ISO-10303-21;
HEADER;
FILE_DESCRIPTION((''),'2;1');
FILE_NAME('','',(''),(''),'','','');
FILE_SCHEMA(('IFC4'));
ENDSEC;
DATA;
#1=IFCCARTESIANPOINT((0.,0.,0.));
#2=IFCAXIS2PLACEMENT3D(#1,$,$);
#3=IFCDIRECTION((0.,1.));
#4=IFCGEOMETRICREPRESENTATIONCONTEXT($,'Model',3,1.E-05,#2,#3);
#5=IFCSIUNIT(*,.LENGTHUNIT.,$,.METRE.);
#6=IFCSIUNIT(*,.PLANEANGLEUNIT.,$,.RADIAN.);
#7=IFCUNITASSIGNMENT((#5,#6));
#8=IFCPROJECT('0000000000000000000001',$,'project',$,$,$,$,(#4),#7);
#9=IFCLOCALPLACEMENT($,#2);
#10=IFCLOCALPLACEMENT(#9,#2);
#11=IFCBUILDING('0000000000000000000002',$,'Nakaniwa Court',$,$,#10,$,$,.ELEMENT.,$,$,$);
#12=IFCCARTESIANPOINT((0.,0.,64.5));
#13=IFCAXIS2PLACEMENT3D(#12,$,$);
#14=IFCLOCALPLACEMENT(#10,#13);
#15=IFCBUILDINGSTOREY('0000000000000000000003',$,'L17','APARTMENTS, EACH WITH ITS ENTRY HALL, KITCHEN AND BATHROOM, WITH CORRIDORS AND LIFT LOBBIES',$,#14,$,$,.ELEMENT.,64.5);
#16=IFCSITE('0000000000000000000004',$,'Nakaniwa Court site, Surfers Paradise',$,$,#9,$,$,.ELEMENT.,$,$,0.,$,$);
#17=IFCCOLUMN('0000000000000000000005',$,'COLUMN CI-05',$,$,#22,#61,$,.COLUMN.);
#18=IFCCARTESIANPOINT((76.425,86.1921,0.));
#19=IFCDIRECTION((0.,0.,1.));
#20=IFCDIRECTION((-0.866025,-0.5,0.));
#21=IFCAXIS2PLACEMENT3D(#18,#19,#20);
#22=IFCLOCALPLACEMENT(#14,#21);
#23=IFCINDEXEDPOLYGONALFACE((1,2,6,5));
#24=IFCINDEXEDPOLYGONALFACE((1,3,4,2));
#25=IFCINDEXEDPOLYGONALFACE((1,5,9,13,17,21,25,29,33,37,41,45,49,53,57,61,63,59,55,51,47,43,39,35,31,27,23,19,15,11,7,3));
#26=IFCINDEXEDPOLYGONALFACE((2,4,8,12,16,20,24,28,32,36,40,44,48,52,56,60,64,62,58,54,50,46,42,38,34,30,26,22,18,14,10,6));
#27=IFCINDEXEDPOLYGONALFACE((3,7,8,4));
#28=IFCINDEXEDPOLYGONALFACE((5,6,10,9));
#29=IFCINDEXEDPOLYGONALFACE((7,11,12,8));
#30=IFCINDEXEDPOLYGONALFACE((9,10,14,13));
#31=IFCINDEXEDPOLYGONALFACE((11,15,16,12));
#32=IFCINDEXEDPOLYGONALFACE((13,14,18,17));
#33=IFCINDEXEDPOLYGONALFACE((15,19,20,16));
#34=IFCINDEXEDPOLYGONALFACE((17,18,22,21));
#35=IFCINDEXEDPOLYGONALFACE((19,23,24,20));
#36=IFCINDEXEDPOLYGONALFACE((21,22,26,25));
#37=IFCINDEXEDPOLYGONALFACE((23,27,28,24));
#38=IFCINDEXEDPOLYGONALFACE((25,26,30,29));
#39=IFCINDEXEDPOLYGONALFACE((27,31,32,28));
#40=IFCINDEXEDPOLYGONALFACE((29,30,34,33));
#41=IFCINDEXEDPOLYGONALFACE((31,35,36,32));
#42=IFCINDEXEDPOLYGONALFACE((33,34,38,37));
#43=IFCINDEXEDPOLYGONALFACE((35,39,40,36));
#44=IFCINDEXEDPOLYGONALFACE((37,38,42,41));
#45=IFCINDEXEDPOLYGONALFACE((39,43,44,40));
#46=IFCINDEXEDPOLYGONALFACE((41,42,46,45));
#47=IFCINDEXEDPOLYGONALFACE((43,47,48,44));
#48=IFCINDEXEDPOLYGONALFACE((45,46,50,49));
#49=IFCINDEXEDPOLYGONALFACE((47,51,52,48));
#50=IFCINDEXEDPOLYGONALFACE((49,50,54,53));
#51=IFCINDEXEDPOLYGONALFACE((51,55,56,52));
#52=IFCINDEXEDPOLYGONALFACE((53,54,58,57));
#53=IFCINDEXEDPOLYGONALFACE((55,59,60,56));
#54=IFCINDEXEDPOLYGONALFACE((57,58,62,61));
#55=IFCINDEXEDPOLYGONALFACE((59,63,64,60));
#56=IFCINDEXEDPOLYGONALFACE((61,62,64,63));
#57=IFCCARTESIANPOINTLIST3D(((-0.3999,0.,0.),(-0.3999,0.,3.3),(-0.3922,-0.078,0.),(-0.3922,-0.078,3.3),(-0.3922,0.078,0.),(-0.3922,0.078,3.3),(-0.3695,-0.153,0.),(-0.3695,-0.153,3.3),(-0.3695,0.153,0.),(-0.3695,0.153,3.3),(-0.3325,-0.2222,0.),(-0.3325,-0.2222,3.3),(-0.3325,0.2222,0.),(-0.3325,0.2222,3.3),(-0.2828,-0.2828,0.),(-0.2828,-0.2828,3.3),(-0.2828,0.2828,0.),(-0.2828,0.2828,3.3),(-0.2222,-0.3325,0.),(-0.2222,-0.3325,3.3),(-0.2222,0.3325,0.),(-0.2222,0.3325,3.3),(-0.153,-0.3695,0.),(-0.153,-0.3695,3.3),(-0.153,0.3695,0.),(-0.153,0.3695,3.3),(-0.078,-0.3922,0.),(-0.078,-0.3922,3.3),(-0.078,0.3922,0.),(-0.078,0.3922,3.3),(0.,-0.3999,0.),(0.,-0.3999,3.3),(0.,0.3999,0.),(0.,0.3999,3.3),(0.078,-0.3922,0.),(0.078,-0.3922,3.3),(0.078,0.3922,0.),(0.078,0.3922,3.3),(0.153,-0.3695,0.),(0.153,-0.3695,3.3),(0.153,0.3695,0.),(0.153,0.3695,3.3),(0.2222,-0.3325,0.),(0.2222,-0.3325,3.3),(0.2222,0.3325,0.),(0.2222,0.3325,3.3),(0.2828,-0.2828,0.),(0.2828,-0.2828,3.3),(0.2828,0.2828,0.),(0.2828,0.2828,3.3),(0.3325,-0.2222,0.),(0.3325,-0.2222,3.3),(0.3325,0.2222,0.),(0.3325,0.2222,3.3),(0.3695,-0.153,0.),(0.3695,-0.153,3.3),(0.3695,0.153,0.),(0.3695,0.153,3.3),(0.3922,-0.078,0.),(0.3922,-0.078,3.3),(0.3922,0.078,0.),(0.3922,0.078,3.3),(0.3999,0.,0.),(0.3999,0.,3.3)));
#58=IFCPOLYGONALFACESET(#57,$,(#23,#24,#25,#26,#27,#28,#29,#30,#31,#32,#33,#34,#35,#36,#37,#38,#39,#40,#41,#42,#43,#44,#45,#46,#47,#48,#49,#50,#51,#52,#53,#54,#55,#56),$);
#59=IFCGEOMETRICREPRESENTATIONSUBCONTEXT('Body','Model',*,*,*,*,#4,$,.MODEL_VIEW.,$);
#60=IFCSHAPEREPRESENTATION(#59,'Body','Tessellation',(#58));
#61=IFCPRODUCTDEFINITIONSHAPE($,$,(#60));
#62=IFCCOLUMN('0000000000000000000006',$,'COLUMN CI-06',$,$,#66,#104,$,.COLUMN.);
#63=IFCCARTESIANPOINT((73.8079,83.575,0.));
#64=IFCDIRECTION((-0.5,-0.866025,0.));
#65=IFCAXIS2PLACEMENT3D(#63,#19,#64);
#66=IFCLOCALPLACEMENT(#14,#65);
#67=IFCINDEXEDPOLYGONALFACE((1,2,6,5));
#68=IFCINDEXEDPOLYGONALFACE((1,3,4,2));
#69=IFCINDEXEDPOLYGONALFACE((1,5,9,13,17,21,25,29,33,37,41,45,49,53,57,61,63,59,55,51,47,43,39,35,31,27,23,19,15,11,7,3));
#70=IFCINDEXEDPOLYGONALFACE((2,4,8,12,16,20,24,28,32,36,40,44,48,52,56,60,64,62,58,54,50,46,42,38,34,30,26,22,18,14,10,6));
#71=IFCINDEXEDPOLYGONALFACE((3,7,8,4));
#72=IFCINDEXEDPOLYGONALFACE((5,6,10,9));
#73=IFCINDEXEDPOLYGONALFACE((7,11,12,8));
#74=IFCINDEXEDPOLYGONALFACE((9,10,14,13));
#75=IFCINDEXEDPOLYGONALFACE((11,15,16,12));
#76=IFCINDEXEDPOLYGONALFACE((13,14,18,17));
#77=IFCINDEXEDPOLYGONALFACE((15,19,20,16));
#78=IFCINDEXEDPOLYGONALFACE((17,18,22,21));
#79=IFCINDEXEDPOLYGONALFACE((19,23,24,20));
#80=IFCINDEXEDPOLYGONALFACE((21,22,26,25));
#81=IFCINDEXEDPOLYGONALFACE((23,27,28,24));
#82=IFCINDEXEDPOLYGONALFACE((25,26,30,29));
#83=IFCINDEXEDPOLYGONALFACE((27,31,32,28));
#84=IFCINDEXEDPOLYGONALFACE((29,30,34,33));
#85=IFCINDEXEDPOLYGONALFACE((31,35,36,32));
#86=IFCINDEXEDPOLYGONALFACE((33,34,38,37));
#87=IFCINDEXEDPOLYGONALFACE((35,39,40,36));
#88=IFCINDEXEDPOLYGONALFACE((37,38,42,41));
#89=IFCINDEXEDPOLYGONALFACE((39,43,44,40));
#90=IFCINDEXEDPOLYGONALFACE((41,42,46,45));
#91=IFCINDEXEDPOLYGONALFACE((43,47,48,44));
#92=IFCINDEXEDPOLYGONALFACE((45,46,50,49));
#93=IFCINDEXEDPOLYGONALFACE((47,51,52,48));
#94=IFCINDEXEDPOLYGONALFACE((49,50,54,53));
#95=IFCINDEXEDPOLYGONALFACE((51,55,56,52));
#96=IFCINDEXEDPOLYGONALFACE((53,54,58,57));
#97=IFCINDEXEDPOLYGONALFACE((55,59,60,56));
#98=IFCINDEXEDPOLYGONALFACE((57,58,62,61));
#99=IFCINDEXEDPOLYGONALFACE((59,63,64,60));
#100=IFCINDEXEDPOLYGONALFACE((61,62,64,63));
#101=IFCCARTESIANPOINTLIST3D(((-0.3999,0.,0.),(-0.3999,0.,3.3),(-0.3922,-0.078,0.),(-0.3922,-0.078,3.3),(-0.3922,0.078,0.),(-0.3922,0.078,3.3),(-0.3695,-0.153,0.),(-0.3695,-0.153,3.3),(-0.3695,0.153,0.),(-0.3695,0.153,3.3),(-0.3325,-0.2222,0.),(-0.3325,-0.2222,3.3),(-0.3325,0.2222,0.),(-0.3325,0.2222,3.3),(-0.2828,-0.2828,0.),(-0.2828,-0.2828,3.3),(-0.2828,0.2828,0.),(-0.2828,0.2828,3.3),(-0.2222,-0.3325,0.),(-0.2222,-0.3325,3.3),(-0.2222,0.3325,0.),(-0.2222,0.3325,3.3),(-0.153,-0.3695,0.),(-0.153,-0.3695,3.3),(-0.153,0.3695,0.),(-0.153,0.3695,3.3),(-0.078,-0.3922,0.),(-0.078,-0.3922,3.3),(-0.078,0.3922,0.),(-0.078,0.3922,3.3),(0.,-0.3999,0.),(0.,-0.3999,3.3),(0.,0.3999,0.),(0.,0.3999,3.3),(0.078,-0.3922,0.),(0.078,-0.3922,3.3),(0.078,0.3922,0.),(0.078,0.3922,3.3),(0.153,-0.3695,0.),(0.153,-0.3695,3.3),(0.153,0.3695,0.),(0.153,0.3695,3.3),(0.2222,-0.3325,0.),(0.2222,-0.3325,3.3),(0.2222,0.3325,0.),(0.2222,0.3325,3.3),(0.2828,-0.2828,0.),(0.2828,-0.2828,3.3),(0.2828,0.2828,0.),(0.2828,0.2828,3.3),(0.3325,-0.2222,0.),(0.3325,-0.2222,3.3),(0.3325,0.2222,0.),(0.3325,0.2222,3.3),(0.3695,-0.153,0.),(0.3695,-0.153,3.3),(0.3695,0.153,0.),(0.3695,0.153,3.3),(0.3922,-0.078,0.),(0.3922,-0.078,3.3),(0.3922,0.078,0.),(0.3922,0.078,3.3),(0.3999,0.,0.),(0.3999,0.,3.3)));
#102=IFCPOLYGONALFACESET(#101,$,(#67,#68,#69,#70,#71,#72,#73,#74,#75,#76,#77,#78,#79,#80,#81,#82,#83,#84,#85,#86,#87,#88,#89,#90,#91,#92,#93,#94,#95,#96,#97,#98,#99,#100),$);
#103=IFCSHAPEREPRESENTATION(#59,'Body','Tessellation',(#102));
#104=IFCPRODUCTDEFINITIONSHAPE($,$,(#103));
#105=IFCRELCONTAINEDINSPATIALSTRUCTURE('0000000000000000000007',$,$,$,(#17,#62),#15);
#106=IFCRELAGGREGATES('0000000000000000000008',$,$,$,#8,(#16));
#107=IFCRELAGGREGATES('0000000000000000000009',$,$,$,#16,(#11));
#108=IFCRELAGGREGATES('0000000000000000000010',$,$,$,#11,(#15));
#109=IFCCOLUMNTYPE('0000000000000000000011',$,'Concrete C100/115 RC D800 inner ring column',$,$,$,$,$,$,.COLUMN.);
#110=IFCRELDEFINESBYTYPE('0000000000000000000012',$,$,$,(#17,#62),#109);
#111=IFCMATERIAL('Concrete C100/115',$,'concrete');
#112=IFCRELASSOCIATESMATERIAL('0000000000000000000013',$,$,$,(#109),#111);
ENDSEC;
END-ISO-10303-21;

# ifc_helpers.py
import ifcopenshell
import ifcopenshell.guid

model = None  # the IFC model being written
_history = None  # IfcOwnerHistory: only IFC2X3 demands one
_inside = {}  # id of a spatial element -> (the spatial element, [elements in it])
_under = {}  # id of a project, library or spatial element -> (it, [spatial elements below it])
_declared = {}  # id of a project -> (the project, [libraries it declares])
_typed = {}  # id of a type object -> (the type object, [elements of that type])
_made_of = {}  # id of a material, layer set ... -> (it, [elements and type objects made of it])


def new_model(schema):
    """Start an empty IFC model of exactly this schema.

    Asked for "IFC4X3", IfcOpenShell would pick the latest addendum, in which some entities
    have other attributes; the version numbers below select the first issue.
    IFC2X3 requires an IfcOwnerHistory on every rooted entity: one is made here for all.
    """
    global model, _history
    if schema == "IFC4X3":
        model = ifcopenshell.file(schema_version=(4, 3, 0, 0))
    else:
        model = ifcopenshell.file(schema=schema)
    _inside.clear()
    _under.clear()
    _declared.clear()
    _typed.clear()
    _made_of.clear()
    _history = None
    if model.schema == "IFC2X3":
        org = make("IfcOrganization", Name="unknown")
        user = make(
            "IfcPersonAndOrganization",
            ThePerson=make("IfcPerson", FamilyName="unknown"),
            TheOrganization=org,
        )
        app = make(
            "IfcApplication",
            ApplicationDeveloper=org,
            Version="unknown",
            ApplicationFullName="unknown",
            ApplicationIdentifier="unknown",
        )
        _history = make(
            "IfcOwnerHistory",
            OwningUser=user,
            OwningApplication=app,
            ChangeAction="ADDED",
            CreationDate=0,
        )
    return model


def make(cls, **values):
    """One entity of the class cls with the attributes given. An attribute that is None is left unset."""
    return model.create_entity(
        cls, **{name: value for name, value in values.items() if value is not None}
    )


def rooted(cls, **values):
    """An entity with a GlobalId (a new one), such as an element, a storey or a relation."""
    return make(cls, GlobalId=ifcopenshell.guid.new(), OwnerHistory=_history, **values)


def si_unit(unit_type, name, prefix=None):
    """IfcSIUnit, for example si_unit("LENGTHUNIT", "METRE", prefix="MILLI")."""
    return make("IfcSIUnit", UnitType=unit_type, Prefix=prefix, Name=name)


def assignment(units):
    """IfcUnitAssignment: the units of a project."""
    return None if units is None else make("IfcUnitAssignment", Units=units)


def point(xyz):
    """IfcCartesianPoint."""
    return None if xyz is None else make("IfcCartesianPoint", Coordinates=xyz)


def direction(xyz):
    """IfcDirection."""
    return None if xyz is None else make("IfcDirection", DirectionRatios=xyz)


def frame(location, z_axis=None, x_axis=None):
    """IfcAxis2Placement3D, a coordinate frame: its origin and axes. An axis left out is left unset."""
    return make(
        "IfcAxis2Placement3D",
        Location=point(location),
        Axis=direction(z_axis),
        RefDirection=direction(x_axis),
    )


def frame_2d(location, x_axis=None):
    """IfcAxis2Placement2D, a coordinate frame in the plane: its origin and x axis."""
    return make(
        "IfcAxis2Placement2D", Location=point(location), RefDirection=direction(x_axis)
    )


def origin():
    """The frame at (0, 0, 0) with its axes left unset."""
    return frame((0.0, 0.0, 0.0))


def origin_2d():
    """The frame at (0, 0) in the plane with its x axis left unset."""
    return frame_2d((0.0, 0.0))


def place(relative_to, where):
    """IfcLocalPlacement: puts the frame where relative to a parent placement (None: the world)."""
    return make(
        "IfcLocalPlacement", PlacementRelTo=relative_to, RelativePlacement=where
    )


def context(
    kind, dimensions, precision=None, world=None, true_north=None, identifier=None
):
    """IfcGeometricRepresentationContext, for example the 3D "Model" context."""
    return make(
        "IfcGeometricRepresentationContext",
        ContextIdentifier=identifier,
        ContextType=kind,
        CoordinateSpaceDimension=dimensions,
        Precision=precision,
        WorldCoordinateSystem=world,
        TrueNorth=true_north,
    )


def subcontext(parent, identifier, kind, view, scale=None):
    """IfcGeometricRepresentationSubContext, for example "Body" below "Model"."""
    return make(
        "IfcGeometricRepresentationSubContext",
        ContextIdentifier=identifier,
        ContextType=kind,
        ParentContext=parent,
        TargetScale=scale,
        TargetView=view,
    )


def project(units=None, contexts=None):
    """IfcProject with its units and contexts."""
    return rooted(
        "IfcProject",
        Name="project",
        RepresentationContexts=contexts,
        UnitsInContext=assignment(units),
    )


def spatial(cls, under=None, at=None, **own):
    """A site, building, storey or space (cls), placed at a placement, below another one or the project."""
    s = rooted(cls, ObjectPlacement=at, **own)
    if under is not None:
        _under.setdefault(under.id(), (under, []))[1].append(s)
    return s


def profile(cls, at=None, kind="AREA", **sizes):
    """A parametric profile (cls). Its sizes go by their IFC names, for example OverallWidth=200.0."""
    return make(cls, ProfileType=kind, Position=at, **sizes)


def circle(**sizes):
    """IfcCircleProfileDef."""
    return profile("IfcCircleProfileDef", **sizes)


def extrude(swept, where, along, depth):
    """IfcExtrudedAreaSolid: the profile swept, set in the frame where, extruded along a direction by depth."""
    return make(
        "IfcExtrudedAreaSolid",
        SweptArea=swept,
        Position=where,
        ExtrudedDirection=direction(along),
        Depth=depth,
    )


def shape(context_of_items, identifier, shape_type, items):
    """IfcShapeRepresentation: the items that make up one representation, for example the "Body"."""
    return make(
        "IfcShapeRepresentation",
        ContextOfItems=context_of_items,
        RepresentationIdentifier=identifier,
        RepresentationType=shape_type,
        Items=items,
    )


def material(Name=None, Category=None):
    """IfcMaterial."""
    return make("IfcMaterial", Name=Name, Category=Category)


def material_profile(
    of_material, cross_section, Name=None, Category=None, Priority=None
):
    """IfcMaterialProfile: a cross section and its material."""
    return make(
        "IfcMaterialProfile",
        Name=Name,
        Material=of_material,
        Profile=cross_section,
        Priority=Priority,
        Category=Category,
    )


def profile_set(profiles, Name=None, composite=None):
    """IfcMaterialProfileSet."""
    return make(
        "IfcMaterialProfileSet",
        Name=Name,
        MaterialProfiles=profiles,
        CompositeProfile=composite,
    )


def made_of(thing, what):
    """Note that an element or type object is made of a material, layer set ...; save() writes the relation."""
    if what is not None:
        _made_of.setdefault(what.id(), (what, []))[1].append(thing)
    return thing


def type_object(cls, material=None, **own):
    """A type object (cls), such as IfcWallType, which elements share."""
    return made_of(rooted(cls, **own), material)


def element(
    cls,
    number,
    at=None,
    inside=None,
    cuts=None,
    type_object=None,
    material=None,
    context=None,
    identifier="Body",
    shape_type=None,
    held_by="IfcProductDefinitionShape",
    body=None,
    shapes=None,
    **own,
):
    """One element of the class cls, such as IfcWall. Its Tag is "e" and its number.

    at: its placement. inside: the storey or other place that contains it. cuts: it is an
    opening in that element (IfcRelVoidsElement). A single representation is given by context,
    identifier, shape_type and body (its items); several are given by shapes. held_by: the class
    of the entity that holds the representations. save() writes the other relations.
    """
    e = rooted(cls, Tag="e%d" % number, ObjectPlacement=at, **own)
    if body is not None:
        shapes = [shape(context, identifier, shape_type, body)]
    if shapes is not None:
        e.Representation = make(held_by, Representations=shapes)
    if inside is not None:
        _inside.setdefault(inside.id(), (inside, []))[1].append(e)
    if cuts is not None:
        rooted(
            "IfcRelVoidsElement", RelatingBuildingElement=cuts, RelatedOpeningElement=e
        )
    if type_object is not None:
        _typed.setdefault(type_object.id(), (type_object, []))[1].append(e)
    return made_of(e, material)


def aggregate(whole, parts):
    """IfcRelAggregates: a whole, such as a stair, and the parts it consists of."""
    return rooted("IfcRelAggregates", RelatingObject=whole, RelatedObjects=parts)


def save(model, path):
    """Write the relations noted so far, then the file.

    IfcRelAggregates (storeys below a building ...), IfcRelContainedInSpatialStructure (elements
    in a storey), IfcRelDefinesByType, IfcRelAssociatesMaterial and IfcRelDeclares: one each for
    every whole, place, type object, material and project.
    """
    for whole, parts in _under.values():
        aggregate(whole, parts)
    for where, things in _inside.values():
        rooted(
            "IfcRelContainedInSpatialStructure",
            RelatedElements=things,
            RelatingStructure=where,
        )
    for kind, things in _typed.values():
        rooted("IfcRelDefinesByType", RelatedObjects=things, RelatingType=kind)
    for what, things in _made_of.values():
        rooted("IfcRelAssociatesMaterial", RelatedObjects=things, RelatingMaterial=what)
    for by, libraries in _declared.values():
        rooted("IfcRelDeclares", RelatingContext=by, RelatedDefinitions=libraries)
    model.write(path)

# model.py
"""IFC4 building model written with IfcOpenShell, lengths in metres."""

from ifc_helpers import new_model, si_unit, direction, frame, origin, origin_2d, place, context, subcontext, project, spatial, circle, extrude, material, material_profile, profile_set, type_object, element, save


model = new_model("IFC4")

# Units and contexts
model_context = context("Model", 3, precision=1e-05, world=origin(), true_north=direction((0.0, 1.0)))
body_context = subcontext(model_context, "Body", "Model", "MODEL_VIEW")
ifc_project = project(units=[si_unit("LENGTHUNIT", "METRE"), si_unit("PLANEANGLEUNIT", "RADIAN")], contexts=[model_context])

# Site, building, storey
site_placement = place(None, origin())
site = spatial("IfcSite", under=ifc_project, at=site_placement, Name="Nakaniwa Court site, Surfers Paradise", CompositionType="ELEMENT", RefElevation=0.0)
building_placement = place(site_placement, origin())
building = spatial("IfcBuilding", under=site, at=building_placement, Name="Nakaniwa Court", CompositionType="ELEMENT")
storey_placement = place(building_placement, frame((0.0, 0.0, 64.5)))
storey = spatial("IfcBuildingStorey", under=building, at=storey_placement, Name="L17", Description="APARTMENTS, EACH WITH ITS ENTRY HALL, KITCHEN AND BATHROOM, WITH CORRIDORS AND LIFT LOBBIES", CompositionType="ELEMENT", Elevation=64.5)

# Columns
ifc_material_1 = material(Name="Concrete C100/115", Category="concrete")
ifc_material_profile_1 = material_profile(ifc_material_1, circle(Radius=0.3999, at=origin_2d()), Name="Concrete C100/115 RC D800 inner ring column")
ifc_profile_set_1 = profile_set([ifc_material_profile_1], Name="Concrete C100/115")
column_type = type_object("IfcColumnType", Name="Concrete C100/115 RC D800 inner ring column", PredefinedType="COLUMN", material=ifc_profile_set_1)
for number, where, z_axis, x_axis, name in (
    (1, (76.425, 86.1921, 0.0), (0.0, 0.0, 1.0), (-0.866025, -0.5, 0.0), "COLUMN CI-05"),
    (2, (73.8079, 83.575, 0.0), (0.0, 0.0, 1.0), (-0.5, -0.866025, 0.0), "COLUMN CI-06"),
):
    element("IfcColumn", number, at=place(storey_placement, frame(where, z_axis=z_axis, x_axis=x_axis)), inside=storey, type_object=column_type, Name=name, PredefinedType="COLUMN", context=body_context, shape_type="SweptSolid", body=[
        extrude(circle(Radius=0.3999, at=origin_2d()), origin(), (0.0, 0.0, 1.0), 3.3),
    ])

save(model, "model.ifc")
